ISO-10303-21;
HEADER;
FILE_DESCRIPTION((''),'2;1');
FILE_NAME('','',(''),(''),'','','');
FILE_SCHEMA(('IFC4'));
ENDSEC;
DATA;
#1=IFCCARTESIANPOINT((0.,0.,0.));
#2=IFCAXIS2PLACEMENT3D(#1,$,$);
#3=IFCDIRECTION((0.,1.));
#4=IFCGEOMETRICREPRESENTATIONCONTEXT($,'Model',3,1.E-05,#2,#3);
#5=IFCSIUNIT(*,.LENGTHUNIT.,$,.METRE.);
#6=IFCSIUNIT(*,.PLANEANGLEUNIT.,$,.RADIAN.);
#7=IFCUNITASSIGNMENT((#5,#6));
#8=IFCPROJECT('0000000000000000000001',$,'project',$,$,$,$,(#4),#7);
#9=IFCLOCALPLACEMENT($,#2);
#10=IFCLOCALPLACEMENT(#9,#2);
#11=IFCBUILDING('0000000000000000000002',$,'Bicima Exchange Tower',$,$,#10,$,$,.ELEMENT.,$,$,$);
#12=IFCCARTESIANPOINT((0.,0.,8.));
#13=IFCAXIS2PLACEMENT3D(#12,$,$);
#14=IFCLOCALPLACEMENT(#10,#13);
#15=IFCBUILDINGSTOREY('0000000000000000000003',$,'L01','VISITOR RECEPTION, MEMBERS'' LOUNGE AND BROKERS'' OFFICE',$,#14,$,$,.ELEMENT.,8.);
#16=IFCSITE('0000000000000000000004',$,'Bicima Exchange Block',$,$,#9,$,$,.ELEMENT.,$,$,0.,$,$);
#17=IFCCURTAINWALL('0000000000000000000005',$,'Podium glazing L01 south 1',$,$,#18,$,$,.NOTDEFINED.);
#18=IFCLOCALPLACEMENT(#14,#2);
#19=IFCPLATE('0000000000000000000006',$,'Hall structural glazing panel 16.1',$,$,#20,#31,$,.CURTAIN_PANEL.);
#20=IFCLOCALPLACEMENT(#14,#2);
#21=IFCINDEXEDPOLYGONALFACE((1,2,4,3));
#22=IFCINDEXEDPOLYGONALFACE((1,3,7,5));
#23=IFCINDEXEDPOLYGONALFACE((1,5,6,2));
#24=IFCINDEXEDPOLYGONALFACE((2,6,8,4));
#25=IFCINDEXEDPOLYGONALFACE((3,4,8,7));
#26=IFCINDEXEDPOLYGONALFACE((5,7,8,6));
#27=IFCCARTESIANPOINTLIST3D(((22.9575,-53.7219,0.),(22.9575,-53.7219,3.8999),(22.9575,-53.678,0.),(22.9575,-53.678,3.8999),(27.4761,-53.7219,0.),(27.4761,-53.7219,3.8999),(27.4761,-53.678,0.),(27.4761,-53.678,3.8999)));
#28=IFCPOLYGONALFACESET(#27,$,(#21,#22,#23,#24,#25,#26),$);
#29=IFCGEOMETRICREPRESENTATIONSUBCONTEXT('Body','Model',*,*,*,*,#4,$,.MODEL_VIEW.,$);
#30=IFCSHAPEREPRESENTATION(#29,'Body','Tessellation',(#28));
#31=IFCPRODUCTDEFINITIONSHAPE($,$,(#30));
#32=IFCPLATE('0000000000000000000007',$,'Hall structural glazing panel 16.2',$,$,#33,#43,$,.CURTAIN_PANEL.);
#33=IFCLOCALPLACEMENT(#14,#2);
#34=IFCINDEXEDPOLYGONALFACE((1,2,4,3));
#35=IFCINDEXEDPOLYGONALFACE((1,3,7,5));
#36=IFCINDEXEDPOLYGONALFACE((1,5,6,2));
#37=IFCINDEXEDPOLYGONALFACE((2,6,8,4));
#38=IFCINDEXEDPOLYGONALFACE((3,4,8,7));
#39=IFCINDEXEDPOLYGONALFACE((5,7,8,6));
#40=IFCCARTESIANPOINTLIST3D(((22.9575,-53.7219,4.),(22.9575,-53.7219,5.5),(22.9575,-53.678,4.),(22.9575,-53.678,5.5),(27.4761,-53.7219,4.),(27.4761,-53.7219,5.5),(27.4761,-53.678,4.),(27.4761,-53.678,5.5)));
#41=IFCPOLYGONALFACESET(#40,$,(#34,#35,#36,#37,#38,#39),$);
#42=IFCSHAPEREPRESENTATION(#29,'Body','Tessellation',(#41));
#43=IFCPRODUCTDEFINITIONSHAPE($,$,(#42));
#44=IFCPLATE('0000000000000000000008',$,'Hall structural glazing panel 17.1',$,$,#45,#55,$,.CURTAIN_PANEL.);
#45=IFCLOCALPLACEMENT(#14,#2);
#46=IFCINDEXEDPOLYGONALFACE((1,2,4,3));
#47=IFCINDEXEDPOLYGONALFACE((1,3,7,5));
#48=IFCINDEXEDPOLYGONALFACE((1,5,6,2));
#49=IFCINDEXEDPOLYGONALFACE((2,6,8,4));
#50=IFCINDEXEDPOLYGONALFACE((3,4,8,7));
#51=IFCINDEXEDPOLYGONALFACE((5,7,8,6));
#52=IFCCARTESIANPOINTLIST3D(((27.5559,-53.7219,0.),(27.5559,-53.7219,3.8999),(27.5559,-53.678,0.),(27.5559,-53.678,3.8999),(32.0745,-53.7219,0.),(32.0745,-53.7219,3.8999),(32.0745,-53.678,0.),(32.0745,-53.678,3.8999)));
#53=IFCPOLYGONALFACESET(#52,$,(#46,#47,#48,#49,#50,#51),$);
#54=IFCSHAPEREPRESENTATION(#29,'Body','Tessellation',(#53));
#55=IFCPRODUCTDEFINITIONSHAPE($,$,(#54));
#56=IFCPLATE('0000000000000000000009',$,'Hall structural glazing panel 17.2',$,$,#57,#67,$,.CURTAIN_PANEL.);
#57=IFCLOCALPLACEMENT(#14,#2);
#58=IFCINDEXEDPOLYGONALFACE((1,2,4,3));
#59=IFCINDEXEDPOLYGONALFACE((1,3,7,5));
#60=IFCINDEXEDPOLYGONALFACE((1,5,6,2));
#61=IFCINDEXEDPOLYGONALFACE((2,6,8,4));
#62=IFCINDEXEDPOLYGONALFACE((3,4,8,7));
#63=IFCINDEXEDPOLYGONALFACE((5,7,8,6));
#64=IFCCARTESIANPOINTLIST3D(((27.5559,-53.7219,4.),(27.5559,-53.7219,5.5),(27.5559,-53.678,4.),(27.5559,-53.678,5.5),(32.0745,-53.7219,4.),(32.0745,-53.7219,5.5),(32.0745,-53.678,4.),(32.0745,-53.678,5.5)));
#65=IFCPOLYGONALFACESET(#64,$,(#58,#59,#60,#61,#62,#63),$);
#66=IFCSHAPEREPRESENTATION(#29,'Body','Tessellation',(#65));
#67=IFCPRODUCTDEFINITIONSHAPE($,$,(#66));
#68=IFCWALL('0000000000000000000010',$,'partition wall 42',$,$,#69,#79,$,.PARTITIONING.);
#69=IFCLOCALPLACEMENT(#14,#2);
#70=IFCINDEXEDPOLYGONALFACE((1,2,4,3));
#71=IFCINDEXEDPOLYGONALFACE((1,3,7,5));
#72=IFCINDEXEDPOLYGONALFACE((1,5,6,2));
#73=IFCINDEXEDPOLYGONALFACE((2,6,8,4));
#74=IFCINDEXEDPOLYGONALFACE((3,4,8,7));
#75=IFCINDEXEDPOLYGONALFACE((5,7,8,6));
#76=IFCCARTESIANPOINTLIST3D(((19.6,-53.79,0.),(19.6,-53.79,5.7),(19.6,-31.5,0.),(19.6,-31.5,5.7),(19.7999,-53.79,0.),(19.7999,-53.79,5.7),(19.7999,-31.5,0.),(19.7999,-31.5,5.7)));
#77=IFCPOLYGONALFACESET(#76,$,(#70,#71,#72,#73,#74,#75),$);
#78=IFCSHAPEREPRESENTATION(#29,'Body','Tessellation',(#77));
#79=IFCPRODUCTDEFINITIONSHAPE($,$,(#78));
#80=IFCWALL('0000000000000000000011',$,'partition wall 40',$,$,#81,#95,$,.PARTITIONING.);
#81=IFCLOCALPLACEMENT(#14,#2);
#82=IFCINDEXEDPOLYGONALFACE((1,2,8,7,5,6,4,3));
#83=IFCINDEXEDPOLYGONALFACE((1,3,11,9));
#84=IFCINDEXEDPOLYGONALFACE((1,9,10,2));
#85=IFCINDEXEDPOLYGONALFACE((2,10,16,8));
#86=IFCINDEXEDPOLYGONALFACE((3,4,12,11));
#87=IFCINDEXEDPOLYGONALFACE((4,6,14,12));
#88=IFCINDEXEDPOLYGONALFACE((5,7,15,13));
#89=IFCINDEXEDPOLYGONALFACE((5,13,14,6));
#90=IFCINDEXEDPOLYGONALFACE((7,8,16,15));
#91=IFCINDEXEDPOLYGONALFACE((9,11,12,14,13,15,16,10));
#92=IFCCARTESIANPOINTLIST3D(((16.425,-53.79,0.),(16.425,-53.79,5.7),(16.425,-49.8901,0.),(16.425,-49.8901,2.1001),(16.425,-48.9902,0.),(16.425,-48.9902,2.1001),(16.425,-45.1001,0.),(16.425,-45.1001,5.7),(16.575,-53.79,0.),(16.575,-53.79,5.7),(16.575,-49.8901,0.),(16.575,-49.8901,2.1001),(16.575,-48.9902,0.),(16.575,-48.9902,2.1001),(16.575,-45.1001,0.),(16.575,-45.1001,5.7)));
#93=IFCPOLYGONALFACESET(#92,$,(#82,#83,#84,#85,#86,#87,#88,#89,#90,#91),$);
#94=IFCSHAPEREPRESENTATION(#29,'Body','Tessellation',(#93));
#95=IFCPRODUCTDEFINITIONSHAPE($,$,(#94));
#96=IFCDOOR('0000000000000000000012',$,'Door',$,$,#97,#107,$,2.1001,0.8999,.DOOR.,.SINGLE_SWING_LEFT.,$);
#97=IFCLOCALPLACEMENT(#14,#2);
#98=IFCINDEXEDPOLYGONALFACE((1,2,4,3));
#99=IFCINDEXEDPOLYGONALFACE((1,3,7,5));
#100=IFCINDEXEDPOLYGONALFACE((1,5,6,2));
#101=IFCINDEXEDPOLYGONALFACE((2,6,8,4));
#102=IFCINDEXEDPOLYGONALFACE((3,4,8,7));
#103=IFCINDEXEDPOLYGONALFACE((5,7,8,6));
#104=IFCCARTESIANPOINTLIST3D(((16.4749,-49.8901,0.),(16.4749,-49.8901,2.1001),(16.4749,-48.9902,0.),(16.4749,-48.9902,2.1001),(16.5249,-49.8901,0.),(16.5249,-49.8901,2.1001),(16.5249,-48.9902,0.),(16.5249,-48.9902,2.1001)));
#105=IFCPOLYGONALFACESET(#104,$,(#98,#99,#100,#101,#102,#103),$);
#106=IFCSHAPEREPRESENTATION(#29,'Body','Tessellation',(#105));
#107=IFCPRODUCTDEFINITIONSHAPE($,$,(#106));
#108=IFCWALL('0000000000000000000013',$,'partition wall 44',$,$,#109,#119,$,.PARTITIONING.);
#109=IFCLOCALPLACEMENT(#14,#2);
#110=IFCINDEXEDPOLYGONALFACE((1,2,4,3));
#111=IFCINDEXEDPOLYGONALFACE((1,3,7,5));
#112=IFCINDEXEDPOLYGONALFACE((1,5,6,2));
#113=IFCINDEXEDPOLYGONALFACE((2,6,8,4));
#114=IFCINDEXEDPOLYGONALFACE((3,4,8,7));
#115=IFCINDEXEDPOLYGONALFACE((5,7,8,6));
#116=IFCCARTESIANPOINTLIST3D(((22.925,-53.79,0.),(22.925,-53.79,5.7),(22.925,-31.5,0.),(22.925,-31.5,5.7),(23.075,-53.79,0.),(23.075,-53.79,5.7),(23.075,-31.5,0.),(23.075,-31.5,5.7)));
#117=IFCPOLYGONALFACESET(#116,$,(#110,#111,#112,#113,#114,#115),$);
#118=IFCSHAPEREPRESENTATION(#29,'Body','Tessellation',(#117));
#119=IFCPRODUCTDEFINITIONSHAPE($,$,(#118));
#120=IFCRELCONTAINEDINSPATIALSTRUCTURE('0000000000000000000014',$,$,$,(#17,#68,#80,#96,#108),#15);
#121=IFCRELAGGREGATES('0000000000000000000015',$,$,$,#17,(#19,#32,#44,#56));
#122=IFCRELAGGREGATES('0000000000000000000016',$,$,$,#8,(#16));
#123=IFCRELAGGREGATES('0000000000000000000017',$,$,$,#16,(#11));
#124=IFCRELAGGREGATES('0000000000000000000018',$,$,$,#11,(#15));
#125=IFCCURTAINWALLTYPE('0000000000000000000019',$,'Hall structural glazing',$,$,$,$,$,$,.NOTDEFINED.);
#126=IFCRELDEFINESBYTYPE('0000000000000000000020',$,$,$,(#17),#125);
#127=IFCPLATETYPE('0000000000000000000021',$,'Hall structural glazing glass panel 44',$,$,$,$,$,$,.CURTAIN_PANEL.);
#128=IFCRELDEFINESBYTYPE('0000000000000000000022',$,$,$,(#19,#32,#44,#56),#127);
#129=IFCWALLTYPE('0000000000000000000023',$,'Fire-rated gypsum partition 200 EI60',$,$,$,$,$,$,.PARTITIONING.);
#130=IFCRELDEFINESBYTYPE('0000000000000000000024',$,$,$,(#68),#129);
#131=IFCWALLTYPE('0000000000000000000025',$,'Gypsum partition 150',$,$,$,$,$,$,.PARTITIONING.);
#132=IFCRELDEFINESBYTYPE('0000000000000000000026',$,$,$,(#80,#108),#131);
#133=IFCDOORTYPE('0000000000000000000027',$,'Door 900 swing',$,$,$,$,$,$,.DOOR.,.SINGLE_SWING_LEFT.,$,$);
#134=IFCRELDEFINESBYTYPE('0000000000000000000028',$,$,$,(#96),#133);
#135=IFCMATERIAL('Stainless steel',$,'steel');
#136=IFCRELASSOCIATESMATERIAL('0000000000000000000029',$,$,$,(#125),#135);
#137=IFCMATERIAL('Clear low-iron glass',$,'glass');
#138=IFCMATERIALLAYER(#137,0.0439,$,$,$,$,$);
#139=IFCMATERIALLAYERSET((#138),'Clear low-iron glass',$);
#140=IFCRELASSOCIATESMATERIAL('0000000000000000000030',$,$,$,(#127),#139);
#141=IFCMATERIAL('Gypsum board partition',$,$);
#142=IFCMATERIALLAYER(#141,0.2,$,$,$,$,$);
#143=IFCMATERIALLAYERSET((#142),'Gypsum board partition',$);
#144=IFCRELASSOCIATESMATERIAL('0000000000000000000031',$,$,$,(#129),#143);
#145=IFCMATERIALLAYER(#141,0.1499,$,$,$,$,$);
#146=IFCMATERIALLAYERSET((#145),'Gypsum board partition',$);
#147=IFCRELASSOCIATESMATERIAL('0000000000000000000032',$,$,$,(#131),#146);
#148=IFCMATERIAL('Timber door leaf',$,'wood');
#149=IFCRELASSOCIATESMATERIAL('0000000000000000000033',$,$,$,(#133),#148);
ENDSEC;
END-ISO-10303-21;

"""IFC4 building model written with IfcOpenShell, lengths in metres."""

from ifc_helpers import new_model, si_unit, direction, frame, frame_2d, origin, origin_2d, place, context, subcontext, project, spatial, rectangle, extrude, material, layer, layer_set, type_object, element, fill, aggregate, save


model = new_model("IFC4")

# Units and contexts
model_context = context("Model", 3, precision=1e-05, world=origin(), true_north=direction((0.0, 1.0)))
body_context = subcontext(model_context, "Body", "Model", "MODEL_VIEW")
ifc_project = project(units=[si_unit("LENGTHUNIT", "METRE"), si_unit("PLANEANGLEUNIT", "RADIAN")], contexts=[model_context])

# Site, building, storey
site_placement = place(None, origin())
site = spatial("IfcSite", under=ifc_project, at=site_placement, Name="Bicima Exchange Block", CompositionType="ELEMENT", RefElevation=0.0)
building_placement = place(site_placement, origin())
building = spatial("IfcBuilding", under=site, at=building_placement, Name="Bicima Exchange Tower", CompositionType="ELEMENT")
storey_placement = place(building_placement, frame((0.0, 0.0, 8.0)))
storey = spatial("IfcBuildingStorey", under=building, at=storey_placement, Name="L01", Description="VISITOR RECEPTION, MEMBERS' LOUNGE AND BROKERS' OFFICE", CompositionType="ELEMENT", Elevation=8.0)

# Curtain wall, plates
ifc_material_1 = material(Name="Stainless steel", Category="steel")
curtain_wall_type = type_object("IfcCurtainWallType", Name="Hall structural glazing", PredefinedType="NOTDEFINED", material=ifc_material_1)
curtain_wall_placement = place(storey_placement, origin())
curtain_wall = element("IfcCurtainWall", 1, at=curtain_wall_placement, inside=storey, type_object=curtain_wall_type, Name="Podium glazing L01 south 1", PredefinedType="NOTDEFINED")
ifc_material_2 = material(Name="Clear low-iron glass", Category="glass")
ifc_layer_1 = layer(ifc_material_2, 0.0439)
ifc_layer_set_1 = layer_set([ifc_layer_1], Name="Clear low-iron glass")
plate_type = type_object("IfcPlateType", Name="Hall structural glazing glass panel 44", PredefinedType="CURTAIN_PANEL", material=ifc_layer_set_1)
plate_1_placement = place(storey_placement, frame((25.2168, -53.7, 0.0), z_axis=(0.0, 0.0, 1.0), x_axis=(1.0, 0.0, 0.0)))
plate_1 = element("IfcPlate", 2, at=plate_1_placement, type_object=plate_type, Name="Hall structural glazing panel 16.1", PredefinedType="CURTAIN_PANEL", context=body_context, shape_type="SweptSolid", body=[
    extrude(rectangle(XDim=4.5186, YDim=0.0439, at=origin_2d()), origin(), (0.0, 0.0, 1.0), 3.8999),
])
plate_2_placement = place(storey_placement, frame((25.2168, -53.7, 4.0), z_axis=(0.0, 0.0, 1.0), x_axis=(1.0, 0.0, 0.0)))
plate_2 = element("IfcPlate", 3, at=plate_2_placement, type_object=plate_type, Name="Hall structural glazing panel 16.2", PredefinedType="CURTAIN_PANEL", context=body_context, shape_type="SweptSolid", body=[
    extrude(rectangle(XDim=4.5186, YDim=0.0439, at=origin_2d()), origin(), (0.0, 0.0, 1.0), 1.5),
])
plate_3_placement = place(storey_placement, frame((29.8152, -53.7, 0.0), z_axis=(0.0, 0.0, 1.0), x_axis=(1.0, 0.0, 0.0)))
plate_3 = element("IfcPlate", 4, at=plate_3_placement, type_object=plate_type, Name="Hall structural glazing panel 17.1", PredefinedType="CURTAIN_PANEL", context=body_context, shape_type="SweptSolid", body=[
    extrude(rectangle(XDim=4.5186, YDim=0.0439, at=origin_2d()), origin(), (0.0, 0.0, 1.0), 3.8999),
])
plate_4_placement = place(storey_placement, frame((29.8152, -53.7, 4.0), z_axis=(0.0, 0.0, 1.0), x_axis=(1.0, 0.0, 0.0)))
plate_4 = element("IfcPlate", 5, at=plate_4_placement, type_object=plate_type, Name="Hall structural glazing panel 17.2", PredefinedType="CURTAIN_PANEL", context=body_context, shape_type="SweptSolid", body=[
    extrude(rectangle(XDim=4.5186, YDim=0.0439, at=origin_2d()), origin(), (0.0, 0.0, 1.0), 1.5),
])
aggregate(curtain_wall, [plate_1, plate_2, plate_3, plate_4])

# Wall
ifc_material_3 = material(Name="Gypsum board partition")
ifc_layer_2 = layer(ifc_material_3, 0.2)
ifc_layer_set_2 = layer_set([ifc_layer_2], Name="Gypsum board partition")
wall_type_1 = type_object("IfcWallType", Name="Fire-rated gypsum partition 200 EI60", PredefinedType="PARTITIONING", material=ifc_layer_set_2)
wall_1_placement = place(storey_placement, frame((19.7, -53.79, 0.0), z_axis=(0.0, 0.0, 1.0), x_axis=(0.0, 1.0, 0.0)))
element("IfcWall", 6, at=wall_1_placement, inside=storey, type_object=wall_type_1, Name="partition wall 42", PredefinedType="PARTITIONING", context=body_context, shape_type="SweptSolid", body=[
    extrude(rectangle(XDim=22.29, YDim=0.2, at=frame_2d((11.145, 0.0))), origin(), (0.0, 0.0, 1.0), 5.7),
])

# Wall, opening, door
ifc_layer_3 = layer(ifc_material_3, 0.1499)
ifc_layer_set_3 = layer_set([ifc_layer_3], Name="Gypsum board partition")
wall_type_2 = type_object("IfcWallType", Name="Gypsum partition 150", PredefinedType="PARTITIONING", material=ifc_layer_set_3)
wall_2_placement = place(storey_placement, frame((16.5, -53.79, 0.0), z_axis=(0.0, 0.0, 1.0), x_axis=(0.0, 1.0, 0.0)))
wall_2 = element("IfcWall", 7, at=wall_2_placement, inside=storey, type_object=wall_type_2, Name="partition wall 40", PredefinedType="PARTITIONING", context=body_context, shape_type="SweptSolid", body=[
    extrude(rectangle(XDim=8.6899, YDim=0.1499, at=frame_2d((4.345, 0.0))), origin(), (0.0, 0.0, 1.0), 5.7),
])
opening_placement = place(wall_2_placement, frame((3.8999, 0.0, 0.0)))
opening = element("IfcOpeningElement", 8, at=opening_placement, cuts=wall_2, PredefinedType="OPENING", context=body_context, shape_type="SweptSolid", body=[
    extrude(rectangle(XDim=0.8999, YDim=2.1001, at=frame_2d((0.45, 1.05))), frame((0.0, 0.0869, 0.0), z_axis=(0.0, -1.0, 0.0), x_axis=(1.0, 0.0, 0.0)), (0.0, 0.0, 1.0), 0.1738),
])
ifc_material_4 = material(Name="Timber door leaf", Category="wood")
door_type = type_object("IfcDoorType", Name="Door 900 swing", OperationType="SINGLE_SWING_LEFT", PredefinedType="DOOR", material=ifc_material_4)
door_placement = place(opening_placement, frame((0.8999, 0.0, 0.0), z_axis=(0.0, 0.0, 1.0), x_axis=(-1.0, 0.0, 0.0)))
door = element("IfcDoor", 9, at=door_placement, inside=storey, type_object=door_type, Name="Door", OperationType="SINGLE_SWING_LEFT", OverallHeight=2.1001, OverallWidth=0.8999, PredefinedType="DOOR", context=body_context, shape_type="SweptSolid", body=[
    extrude(rectangle(XDim=0.8999, YDim=2.1001, at=frame_2d((0.45, 1.05))), frame((0.0, 0.0249, 0.0), z_axis=(0.0, -1.0, 0.0), x_axis=(1.0, 0.0, 0.0)), (0.0, 0.0, 1.0), 0.05),
])
fill(opening, door)

# Wall
wall_3_placement = place(storey_placement, frame((23.0, -53.79, 0.0), z_axis=(0.0, 0.0, 1.0), x_axis=(0.0, 1.0, 0.0)))
element("IfcWall", 10, at=wall_3_placement, inside=storey, type_object=wall_type_2, Name="partition wall 44", PredefinedType="PARTITIONING", context=body_context, shape_type="SweptSolid", body=[
    extrude(rectangle(XDim=22.29, YDim=0.1499, at=frame_2d((11.145, 0.0))), origin(), (0.0, 0.0, 1.0), 5.7),
])

save(model, "model.ifc")
